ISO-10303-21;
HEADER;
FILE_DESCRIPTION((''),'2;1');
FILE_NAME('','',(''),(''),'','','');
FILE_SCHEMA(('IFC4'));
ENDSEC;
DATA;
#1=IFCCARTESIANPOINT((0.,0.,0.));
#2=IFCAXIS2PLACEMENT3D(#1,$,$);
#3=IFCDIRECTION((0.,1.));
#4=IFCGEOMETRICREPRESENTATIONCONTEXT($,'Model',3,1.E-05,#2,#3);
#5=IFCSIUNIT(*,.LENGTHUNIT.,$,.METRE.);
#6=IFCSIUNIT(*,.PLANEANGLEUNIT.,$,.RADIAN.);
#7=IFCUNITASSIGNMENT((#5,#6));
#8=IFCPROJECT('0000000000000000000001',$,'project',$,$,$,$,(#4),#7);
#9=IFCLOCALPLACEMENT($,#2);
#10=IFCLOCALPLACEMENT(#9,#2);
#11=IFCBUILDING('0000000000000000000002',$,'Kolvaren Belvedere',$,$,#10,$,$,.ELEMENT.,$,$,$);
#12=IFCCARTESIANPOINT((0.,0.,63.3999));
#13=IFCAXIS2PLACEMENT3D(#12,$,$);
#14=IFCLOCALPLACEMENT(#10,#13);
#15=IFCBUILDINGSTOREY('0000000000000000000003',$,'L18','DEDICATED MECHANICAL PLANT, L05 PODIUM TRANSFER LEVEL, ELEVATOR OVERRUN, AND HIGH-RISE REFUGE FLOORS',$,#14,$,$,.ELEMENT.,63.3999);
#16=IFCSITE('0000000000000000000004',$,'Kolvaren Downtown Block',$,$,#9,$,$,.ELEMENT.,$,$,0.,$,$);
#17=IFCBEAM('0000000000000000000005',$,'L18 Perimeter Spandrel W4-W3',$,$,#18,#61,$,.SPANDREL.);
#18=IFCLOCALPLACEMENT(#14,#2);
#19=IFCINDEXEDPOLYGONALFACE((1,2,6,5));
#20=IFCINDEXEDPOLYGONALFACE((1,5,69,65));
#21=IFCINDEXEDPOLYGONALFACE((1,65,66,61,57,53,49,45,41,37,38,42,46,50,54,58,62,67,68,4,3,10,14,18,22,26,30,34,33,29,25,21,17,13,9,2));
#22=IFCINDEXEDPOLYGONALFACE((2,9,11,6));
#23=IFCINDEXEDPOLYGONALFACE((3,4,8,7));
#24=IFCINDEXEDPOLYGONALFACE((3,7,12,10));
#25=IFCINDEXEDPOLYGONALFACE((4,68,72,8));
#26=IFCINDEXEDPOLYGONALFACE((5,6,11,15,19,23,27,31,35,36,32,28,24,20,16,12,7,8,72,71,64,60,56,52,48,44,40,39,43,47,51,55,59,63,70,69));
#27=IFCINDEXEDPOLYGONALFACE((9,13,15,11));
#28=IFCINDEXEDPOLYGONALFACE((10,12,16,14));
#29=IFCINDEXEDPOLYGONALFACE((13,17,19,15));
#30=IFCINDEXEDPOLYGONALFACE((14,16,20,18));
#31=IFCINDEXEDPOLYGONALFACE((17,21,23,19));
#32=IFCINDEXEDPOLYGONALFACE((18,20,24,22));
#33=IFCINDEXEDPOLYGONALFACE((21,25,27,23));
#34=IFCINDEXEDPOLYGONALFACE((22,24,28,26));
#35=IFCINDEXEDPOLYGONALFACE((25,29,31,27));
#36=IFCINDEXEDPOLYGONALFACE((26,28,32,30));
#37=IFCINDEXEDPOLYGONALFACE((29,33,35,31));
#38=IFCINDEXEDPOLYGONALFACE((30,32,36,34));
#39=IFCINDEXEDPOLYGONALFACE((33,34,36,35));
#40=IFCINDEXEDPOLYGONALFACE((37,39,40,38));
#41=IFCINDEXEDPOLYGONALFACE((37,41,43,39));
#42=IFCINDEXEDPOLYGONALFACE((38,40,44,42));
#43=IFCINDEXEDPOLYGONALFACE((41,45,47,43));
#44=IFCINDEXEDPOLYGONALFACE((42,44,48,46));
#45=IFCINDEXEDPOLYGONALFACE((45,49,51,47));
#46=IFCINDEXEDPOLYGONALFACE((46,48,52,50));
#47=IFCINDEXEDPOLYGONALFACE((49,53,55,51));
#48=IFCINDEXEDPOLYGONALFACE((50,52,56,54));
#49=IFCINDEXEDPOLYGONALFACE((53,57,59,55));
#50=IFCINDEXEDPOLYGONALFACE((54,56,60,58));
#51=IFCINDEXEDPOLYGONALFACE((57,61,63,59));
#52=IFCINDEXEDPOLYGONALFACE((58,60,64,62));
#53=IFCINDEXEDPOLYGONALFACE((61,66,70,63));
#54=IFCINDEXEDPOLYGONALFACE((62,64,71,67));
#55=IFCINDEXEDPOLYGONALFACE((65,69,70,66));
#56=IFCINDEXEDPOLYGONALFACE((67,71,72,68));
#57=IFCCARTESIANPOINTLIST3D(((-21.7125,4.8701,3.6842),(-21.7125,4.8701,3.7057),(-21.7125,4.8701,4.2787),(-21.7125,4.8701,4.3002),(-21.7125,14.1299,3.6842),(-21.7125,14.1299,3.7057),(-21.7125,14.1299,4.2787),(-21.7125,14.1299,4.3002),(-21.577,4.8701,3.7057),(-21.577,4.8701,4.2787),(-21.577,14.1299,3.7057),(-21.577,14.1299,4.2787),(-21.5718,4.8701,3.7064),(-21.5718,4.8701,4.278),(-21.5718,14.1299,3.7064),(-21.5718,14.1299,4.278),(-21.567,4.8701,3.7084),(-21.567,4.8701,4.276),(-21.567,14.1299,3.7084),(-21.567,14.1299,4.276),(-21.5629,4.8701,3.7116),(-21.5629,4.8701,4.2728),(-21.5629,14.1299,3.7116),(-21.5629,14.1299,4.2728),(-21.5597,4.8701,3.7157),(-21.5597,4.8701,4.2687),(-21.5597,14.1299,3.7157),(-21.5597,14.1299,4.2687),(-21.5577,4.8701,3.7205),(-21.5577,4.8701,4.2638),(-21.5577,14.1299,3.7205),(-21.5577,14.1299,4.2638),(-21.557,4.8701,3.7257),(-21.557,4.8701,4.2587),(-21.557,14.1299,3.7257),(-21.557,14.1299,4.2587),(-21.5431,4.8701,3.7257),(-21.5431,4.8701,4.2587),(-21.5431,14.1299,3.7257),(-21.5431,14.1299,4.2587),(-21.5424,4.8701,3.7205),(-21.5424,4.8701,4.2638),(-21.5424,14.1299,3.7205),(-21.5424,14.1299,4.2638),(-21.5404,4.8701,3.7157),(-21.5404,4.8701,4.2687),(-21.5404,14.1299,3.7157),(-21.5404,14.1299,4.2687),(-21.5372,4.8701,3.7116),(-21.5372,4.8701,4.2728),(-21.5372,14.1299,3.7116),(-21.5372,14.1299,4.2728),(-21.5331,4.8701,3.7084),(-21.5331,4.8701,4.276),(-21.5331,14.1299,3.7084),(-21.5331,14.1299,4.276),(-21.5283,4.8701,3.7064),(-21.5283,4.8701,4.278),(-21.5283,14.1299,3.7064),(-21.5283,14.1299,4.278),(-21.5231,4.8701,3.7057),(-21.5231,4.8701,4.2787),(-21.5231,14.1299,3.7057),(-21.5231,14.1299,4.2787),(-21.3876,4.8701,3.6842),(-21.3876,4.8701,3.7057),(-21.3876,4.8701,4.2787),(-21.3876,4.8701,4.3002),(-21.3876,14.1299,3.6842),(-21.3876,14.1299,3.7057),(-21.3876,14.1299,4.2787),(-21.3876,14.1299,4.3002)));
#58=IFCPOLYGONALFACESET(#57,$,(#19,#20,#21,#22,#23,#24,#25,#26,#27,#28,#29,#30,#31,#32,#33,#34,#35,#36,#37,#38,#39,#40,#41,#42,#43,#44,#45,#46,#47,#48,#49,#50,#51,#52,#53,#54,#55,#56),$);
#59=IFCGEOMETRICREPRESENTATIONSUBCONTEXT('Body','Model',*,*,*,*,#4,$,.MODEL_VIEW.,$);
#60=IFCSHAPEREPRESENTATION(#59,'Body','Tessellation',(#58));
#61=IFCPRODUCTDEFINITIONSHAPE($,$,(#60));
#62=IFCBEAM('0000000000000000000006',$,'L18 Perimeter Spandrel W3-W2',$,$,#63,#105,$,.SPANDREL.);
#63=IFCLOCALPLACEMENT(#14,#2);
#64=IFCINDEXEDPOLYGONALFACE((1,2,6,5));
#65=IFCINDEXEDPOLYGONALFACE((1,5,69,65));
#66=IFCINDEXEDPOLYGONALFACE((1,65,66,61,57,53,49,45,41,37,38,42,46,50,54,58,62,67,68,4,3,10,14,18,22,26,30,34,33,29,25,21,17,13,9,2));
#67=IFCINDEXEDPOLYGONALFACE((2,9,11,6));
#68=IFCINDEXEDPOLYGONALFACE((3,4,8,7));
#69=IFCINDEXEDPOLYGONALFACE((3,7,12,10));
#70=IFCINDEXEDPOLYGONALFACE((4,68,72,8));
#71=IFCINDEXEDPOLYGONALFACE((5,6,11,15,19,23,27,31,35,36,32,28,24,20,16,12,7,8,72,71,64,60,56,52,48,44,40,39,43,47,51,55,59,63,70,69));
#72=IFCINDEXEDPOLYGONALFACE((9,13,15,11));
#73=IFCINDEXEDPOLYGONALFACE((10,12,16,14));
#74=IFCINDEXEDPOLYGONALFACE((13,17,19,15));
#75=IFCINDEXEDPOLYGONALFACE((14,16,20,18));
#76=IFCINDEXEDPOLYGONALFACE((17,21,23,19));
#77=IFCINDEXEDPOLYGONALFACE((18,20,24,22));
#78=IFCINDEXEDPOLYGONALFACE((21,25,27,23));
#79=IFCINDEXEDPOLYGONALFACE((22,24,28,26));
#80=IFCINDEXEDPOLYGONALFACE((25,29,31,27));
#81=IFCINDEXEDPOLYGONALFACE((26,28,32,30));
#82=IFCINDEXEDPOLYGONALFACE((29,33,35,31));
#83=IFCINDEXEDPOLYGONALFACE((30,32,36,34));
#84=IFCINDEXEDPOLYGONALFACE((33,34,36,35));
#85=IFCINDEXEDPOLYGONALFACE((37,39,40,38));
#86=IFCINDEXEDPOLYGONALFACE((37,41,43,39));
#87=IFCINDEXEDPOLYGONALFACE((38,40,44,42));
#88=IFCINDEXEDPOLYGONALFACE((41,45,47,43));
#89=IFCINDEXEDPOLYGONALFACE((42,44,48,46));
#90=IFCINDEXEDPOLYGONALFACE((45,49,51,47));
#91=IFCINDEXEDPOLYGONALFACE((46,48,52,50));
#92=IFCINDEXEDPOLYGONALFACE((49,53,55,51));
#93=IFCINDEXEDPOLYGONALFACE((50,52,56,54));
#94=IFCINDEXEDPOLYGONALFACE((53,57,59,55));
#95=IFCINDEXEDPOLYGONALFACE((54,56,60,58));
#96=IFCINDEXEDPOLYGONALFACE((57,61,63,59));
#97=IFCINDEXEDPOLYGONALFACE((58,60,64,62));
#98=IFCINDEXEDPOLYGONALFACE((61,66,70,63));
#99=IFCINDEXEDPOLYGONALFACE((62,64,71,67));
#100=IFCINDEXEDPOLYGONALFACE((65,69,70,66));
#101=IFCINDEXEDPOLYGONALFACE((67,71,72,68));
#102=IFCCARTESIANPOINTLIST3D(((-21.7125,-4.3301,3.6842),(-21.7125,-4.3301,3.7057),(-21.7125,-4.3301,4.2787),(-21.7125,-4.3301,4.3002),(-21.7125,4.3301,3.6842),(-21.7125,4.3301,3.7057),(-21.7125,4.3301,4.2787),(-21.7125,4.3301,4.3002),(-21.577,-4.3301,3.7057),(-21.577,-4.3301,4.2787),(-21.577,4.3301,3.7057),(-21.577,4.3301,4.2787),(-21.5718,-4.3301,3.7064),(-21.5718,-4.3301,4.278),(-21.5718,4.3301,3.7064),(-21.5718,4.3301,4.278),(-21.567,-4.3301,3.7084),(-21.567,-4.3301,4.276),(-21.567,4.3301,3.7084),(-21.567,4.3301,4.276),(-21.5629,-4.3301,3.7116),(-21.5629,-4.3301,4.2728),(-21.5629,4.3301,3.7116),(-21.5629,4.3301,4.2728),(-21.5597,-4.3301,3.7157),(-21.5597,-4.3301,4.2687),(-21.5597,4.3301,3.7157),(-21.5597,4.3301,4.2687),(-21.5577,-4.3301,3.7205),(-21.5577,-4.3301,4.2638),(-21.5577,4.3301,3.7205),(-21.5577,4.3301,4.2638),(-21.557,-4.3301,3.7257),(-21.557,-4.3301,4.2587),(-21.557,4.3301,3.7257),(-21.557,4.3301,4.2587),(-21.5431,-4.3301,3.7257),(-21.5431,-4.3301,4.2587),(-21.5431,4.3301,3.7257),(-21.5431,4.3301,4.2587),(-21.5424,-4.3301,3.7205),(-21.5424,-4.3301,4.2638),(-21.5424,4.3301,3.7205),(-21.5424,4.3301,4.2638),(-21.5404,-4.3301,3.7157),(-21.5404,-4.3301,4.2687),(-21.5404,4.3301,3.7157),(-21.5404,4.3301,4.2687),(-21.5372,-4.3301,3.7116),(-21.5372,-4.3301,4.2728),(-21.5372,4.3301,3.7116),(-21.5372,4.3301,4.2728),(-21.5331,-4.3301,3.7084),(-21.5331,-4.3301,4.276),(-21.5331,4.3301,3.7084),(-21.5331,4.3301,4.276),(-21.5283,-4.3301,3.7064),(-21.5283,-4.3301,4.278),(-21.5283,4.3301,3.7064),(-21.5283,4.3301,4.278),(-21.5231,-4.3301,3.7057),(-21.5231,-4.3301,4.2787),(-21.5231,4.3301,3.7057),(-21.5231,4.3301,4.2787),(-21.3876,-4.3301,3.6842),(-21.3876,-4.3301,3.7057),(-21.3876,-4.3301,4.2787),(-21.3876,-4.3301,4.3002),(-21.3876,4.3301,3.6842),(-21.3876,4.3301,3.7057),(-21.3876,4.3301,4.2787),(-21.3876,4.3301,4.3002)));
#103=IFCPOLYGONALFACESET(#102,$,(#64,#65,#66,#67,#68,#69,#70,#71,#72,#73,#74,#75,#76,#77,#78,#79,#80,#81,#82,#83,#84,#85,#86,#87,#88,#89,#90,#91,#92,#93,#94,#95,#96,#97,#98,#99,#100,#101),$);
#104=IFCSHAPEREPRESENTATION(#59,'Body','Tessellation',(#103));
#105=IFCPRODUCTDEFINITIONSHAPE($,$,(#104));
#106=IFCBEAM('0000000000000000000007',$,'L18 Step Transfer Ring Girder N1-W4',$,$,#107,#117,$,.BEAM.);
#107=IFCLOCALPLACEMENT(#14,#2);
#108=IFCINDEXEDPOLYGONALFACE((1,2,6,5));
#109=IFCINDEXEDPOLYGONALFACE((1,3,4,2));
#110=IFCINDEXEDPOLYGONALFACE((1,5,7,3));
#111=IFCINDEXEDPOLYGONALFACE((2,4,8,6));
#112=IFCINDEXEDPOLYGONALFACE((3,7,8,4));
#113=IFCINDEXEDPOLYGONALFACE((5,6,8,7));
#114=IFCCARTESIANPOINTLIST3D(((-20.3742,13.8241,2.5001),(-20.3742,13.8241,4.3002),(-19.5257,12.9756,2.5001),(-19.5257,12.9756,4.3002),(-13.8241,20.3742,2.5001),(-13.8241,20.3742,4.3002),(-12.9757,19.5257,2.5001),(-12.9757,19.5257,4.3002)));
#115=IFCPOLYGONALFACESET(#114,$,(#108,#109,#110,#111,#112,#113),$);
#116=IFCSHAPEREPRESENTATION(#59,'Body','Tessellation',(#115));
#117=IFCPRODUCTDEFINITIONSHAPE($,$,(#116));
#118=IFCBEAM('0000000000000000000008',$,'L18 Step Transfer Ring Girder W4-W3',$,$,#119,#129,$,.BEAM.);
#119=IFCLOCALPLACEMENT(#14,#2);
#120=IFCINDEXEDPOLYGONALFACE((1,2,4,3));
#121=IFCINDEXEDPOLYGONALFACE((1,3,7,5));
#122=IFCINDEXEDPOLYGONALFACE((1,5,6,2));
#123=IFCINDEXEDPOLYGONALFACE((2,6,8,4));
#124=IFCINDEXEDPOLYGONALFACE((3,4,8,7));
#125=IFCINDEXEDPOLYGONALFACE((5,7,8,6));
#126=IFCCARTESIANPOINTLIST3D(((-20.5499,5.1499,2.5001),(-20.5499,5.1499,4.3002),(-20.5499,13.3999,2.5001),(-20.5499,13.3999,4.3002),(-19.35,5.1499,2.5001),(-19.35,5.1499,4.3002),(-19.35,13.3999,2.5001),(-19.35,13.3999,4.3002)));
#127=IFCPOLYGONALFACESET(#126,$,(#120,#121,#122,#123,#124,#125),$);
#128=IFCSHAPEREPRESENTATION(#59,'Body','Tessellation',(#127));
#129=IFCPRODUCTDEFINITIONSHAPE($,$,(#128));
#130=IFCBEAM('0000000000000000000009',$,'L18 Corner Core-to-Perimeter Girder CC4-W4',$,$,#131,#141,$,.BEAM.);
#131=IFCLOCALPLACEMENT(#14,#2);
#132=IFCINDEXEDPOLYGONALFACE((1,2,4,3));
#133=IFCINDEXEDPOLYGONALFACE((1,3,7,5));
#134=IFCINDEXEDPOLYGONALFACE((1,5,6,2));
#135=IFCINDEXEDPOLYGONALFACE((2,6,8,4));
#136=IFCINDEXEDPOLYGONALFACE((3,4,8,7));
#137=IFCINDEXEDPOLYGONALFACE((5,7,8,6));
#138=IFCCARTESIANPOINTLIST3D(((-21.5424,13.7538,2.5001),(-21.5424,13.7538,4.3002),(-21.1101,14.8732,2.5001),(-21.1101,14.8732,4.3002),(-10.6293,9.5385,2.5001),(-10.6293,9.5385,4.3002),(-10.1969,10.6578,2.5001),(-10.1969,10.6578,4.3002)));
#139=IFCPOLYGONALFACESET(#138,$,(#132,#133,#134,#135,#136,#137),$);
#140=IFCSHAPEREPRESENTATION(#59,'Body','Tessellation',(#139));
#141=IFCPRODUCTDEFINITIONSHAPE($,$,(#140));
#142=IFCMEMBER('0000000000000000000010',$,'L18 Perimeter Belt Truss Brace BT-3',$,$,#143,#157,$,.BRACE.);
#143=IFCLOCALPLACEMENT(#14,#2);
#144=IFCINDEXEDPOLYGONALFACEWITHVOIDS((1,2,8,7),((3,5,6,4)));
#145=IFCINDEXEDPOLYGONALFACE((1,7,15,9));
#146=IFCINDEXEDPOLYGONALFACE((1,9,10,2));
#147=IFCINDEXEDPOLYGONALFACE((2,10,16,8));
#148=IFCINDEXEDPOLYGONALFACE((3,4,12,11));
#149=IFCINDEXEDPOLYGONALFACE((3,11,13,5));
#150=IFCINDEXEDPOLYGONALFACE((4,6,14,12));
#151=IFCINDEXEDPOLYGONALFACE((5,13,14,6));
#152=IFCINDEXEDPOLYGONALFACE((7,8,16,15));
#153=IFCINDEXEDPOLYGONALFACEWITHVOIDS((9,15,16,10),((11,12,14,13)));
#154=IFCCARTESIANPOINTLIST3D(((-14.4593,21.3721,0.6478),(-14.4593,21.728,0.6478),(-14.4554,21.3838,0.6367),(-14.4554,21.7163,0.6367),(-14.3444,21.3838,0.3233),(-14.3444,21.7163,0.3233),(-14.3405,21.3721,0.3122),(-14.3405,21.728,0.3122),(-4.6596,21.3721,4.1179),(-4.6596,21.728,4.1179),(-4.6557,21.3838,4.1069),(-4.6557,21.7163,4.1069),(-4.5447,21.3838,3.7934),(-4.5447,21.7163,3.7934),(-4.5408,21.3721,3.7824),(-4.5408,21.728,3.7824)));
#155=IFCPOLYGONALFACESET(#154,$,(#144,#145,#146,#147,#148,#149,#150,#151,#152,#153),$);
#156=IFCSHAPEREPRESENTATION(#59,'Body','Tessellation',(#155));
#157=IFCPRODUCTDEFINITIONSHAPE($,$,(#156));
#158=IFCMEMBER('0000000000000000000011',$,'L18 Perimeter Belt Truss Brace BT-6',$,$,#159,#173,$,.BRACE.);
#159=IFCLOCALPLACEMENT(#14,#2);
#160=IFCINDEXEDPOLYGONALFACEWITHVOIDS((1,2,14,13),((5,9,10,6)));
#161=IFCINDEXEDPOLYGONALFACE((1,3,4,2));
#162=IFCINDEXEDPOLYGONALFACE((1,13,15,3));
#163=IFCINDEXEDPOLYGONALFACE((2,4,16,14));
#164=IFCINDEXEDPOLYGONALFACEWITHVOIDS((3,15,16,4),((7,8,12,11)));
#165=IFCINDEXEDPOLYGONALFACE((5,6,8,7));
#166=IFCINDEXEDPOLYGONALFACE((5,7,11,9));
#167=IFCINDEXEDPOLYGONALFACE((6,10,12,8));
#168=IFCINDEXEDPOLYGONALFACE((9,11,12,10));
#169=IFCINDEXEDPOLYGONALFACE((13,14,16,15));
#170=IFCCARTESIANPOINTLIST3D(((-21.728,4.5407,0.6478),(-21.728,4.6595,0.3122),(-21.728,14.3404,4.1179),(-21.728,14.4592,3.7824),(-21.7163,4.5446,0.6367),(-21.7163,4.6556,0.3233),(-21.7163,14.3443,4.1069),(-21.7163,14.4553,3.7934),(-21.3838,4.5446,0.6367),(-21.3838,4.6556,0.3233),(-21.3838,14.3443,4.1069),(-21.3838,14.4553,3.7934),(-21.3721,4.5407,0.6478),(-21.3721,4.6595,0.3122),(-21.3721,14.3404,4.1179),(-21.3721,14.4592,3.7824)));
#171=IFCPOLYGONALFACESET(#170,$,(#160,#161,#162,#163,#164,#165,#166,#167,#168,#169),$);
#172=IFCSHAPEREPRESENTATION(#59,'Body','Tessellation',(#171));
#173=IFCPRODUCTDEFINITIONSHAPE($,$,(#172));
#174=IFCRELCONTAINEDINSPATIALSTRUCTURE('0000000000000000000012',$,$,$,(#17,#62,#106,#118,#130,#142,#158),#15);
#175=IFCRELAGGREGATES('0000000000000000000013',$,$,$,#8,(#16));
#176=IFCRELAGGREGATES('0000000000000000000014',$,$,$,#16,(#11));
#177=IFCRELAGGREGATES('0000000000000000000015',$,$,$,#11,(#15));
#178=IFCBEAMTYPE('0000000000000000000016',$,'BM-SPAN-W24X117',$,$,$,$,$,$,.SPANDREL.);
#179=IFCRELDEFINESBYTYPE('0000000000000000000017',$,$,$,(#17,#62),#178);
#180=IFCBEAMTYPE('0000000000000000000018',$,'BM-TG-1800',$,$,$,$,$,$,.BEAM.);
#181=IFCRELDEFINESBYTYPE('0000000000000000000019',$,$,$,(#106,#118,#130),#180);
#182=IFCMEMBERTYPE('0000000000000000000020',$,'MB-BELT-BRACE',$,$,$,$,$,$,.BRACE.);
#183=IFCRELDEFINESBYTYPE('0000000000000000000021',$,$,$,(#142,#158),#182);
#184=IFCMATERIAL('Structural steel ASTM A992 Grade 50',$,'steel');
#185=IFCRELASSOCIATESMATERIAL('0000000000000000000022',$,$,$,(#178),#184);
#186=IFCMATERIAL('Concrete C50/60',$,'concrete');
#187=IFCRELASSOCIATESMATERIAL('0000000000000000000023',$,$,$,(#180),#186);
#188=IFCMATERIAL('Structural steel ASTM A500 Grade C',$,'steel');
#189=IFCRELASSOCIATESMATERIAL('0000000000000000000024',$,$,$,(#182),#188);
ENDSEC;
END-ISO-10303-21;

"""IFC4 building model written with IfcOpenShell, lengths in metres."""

from ifc_helpers import new_model, si_unit, direction, frame, origin, origin_2d, place, context, subcontext, project, spatial, rectangle, hollow_rectangle, i_section, extrude, material, material_profile, profile_set, type_object, element, save


model = new_model("IFC4")

# Units and contexts
model_context = context("Model", 3, precision=1e-05, world=origin(), true_north=direction((0.0, 1.0)))
body_context = subcontext(model_context, "Body", "Model", "MODEL_VIEW")
ifc_project = project(units=[si_unit("LENGTHUNIT", "METRE"), si_unit("PLANEANGLEUNIT", "RADIAN")], contexts=[model_context])

# Site, building, storey
site_placement = place(None, origin())
site = spatial("IfcSite", under=ifc_project, at=site_placement, Name="Kolvaren Downtown Block", CompositionType="ELEMENT", RefElevation=0.0)
building_placement = place(site_placement, origin())
building = spatial("IfcBuilding", under=site, at=building_placement, Name="Kolvaren Belvedere", CompositionType="ELEMENT")
storey_placement = place(building_placement, frame((0.0, 0.0, 63.3999)))
storey = spatial("IfcBuildingStorey", under=building, at=storey_placement, Name="L18", Description="DEDICATED MECHANICAL PLANT, L05 PODIUM TRANSFER LEVEL, ELEVATOR OVERRUN, AND HIGH-RISE REFUGE FLOORS", CompositionType="ELEMENT", Elevation=63.3999)

# Beams
ifc_material_1 = material(Name="Structural steel ASTM A992 Grade 50", Category="steel")
ifc_material_profile_1 = material_profile(ifc_material_1, i_section(OverallWidth=0.325, OverallDepth=0.616, WebThickness=0.0139, FlangeThickness=0.0215, FilletRadius=0.02, at=origin_2d()), Name="W24X117")
ifc_profile_set_1 = profile_set([ifc_material_profile_1], Name="Structural steel ASTM A992 Grade 50")
beam_type_1 = type_object("IfcBeamType", Name="BM-SPAN-W24X117", PredefinedType="SPANDREL", material=ifc_profile_set_1)
beam_1_placement = place(storey_placement, frame((-21.55, 14.1299, 3.9922), z_axis=(0.0, -1.0, 0.0), x_axis=(1.0, 0.0, 0.0)))
element("IfcBeam", 1, at=beam_1_placement, inside=storey, type_object=beam_type_1, Name="L18 Perimeter Spandrel W4-W3", PredefinedType="SPANDREL", context=body_context, shape_type="SweptSolid", body=[
    extrude(i_section(OverallWidth=0.325, OverallDepth=0.616, WebThickness=0.0139, FlangeThickness=0.0215, FilletRadius=0.02, at=origin_2d()), origin(), (0.0, 0.0, 1.0), 9.2598),
])
beam_2_placement = place(storey_placement, frame((-21.55, 4.3301, 3.9922), z_axis=(0.0, -1.0, 0.0), x_axis=(1.0, 0.0, 0.0)))
element("IfcBeam", 2, at=beam_2_placement, inside=storey, type_object=beam_type_1, Name="L18 Perimeter Spandrel W3-W2", PredefinedType="SPANDREL", context=body_context, shape_type="SweptSolid", body=[
    extrude(i_section(OverallWidth=0.325, OverallDepth=0.616, WebThickness=0.0139, FlangeThickness=0.0215, FilletRadius=0.02, at=origin_2d()), origin(), (0.0, 0.0, 1.0), 8.6602),
])
ifc_material_2 = material(Name="Concrete C50/60", Category="concrete")
ifc_material_profile_2 = material_profile(ifc_material_2, rectangle(XDim=1.2, YDim=1.8, at=origin_2d()), Name="RC 1200X1800")
ifc_profile_set_2 = profile_set([ifc_material_profile_2], Name="Concrete C50/60")
beam_type_2 = type_object("IfcBeamType", Name="BM-TG-1800", PredefinedType="BEAM", material=ifc_profile_set_2)
beam_3_placement = place(storey_placement, frame((-13.3999, 19.95, 3.4001), z_axis=(-0.707107, -0.707107, 0.0), x_axis=(0.707107, -0.707107, 0.0)))
element("IfcBeam", 3, at=beam_3_placement, inside=storey, type_object=beam_type_2, Name="L18 Step Transfer Ring Girder N1-W4", PredefinedType="BEAM", context=body_context, shape_type="SweptSolid", body=[
    extrude(rectangle(XDim=1.2, YDim=1.8, at=origin_2d()), origin(), (0.0, 0.0, 1.0), 9.2632),
])
beam_4_placement = place(storey_placement, frame((-19.95, 13.3999, 3.4001), z_axis=(0.0, -1.0, 0.0), x_axis=(1.0, 0.0, 0.0)))
element("IfcBeam", 4, at=beam_4_placement, inside=storey, type_object=beam_type_2, Name="L18 Step Transfer Ring Girder W4-W3", PredefinedType="BEAM", context=body_context, shape_type="SweptSolid", body=[
    extrude(rectangle(XDim=1.2, YDim=1.8, at=origin_2d()), origin(), (0.0, 0.0, 1.0), 8.25),
])
beam_5_placement = place(storey_placement, frame((-10.4131, 10.0981, 3.4001), z_axis=(-0.932829, 0.360318, 0.0), x_axis=(-0.360318, -0.932829, 0.0)))
element("IfcBeam", 5, at=beam_5_placement, inside=storey, type_object=beam_type_2, Name="L18 Corner Core-to-Perimeter Girder CC4-W4", PredefinedType="BEAM", context=body_context, shape_type="SweptSolid", body=[
    extrude(rectangle(XDim=1.2, YDim=1.8, at=origin_2d()), origin(), (0.0, 0.0, 1.0), 11.699),
])

# Members
ifc_material_3 = material(Name="Structural steel ASTM A500 Grade C", Category="steel")
ifc_material_profile_3 = material_profile(ifc_material_3, hollow_rectangle(XDim=0.356, YDim=0.356, WallThickness=0.0117, at=origin_2d()), Name="HSS14X14X1/2")
ifc_profile_set_3 = profile_set([ifc_material_profile_3], Name="Structural steel ASTM A500 Grade C")
member_type_1 = type_object("IfcMemberType", Name="MB-BELT-BRACE", PredefinedType="BRACE", material=ifc_profile_set_3)
for number, where, z_axis, x_axis, name in (
    (6, (-14.3999, 21.55, 0.48), (0.942644, 0.0, 0.3338), (0.0, 1.0, 0.0), "L18 Perimeter Belt Truss Brace BT-3"),
    (7, (-21.55, 4.6001, 0.48), (0.0, 0.942644, 0.3338), (-1.0, 0.0, 0.0), "L18 Perimeter Belt Truss Brace BT-6"),
):
    element("IfcMember", number, at=place(storey_placement, frame(where, z_axis=z_axis, x_axis=x_axis)), inside=storey, type_object=member_type_1, Name=name, PredefinedType="BRACE", context=body_context, shape_type="SweptSolid", body=[
        extrude(hollow_rectangle(XDim=0.356, YDim=0.356, WallThickness=0.0117, at=origin_2d()), origin(), (0.0, 0.0, 1.0), 10.396),
    ])

save(model, "model.ifc")
